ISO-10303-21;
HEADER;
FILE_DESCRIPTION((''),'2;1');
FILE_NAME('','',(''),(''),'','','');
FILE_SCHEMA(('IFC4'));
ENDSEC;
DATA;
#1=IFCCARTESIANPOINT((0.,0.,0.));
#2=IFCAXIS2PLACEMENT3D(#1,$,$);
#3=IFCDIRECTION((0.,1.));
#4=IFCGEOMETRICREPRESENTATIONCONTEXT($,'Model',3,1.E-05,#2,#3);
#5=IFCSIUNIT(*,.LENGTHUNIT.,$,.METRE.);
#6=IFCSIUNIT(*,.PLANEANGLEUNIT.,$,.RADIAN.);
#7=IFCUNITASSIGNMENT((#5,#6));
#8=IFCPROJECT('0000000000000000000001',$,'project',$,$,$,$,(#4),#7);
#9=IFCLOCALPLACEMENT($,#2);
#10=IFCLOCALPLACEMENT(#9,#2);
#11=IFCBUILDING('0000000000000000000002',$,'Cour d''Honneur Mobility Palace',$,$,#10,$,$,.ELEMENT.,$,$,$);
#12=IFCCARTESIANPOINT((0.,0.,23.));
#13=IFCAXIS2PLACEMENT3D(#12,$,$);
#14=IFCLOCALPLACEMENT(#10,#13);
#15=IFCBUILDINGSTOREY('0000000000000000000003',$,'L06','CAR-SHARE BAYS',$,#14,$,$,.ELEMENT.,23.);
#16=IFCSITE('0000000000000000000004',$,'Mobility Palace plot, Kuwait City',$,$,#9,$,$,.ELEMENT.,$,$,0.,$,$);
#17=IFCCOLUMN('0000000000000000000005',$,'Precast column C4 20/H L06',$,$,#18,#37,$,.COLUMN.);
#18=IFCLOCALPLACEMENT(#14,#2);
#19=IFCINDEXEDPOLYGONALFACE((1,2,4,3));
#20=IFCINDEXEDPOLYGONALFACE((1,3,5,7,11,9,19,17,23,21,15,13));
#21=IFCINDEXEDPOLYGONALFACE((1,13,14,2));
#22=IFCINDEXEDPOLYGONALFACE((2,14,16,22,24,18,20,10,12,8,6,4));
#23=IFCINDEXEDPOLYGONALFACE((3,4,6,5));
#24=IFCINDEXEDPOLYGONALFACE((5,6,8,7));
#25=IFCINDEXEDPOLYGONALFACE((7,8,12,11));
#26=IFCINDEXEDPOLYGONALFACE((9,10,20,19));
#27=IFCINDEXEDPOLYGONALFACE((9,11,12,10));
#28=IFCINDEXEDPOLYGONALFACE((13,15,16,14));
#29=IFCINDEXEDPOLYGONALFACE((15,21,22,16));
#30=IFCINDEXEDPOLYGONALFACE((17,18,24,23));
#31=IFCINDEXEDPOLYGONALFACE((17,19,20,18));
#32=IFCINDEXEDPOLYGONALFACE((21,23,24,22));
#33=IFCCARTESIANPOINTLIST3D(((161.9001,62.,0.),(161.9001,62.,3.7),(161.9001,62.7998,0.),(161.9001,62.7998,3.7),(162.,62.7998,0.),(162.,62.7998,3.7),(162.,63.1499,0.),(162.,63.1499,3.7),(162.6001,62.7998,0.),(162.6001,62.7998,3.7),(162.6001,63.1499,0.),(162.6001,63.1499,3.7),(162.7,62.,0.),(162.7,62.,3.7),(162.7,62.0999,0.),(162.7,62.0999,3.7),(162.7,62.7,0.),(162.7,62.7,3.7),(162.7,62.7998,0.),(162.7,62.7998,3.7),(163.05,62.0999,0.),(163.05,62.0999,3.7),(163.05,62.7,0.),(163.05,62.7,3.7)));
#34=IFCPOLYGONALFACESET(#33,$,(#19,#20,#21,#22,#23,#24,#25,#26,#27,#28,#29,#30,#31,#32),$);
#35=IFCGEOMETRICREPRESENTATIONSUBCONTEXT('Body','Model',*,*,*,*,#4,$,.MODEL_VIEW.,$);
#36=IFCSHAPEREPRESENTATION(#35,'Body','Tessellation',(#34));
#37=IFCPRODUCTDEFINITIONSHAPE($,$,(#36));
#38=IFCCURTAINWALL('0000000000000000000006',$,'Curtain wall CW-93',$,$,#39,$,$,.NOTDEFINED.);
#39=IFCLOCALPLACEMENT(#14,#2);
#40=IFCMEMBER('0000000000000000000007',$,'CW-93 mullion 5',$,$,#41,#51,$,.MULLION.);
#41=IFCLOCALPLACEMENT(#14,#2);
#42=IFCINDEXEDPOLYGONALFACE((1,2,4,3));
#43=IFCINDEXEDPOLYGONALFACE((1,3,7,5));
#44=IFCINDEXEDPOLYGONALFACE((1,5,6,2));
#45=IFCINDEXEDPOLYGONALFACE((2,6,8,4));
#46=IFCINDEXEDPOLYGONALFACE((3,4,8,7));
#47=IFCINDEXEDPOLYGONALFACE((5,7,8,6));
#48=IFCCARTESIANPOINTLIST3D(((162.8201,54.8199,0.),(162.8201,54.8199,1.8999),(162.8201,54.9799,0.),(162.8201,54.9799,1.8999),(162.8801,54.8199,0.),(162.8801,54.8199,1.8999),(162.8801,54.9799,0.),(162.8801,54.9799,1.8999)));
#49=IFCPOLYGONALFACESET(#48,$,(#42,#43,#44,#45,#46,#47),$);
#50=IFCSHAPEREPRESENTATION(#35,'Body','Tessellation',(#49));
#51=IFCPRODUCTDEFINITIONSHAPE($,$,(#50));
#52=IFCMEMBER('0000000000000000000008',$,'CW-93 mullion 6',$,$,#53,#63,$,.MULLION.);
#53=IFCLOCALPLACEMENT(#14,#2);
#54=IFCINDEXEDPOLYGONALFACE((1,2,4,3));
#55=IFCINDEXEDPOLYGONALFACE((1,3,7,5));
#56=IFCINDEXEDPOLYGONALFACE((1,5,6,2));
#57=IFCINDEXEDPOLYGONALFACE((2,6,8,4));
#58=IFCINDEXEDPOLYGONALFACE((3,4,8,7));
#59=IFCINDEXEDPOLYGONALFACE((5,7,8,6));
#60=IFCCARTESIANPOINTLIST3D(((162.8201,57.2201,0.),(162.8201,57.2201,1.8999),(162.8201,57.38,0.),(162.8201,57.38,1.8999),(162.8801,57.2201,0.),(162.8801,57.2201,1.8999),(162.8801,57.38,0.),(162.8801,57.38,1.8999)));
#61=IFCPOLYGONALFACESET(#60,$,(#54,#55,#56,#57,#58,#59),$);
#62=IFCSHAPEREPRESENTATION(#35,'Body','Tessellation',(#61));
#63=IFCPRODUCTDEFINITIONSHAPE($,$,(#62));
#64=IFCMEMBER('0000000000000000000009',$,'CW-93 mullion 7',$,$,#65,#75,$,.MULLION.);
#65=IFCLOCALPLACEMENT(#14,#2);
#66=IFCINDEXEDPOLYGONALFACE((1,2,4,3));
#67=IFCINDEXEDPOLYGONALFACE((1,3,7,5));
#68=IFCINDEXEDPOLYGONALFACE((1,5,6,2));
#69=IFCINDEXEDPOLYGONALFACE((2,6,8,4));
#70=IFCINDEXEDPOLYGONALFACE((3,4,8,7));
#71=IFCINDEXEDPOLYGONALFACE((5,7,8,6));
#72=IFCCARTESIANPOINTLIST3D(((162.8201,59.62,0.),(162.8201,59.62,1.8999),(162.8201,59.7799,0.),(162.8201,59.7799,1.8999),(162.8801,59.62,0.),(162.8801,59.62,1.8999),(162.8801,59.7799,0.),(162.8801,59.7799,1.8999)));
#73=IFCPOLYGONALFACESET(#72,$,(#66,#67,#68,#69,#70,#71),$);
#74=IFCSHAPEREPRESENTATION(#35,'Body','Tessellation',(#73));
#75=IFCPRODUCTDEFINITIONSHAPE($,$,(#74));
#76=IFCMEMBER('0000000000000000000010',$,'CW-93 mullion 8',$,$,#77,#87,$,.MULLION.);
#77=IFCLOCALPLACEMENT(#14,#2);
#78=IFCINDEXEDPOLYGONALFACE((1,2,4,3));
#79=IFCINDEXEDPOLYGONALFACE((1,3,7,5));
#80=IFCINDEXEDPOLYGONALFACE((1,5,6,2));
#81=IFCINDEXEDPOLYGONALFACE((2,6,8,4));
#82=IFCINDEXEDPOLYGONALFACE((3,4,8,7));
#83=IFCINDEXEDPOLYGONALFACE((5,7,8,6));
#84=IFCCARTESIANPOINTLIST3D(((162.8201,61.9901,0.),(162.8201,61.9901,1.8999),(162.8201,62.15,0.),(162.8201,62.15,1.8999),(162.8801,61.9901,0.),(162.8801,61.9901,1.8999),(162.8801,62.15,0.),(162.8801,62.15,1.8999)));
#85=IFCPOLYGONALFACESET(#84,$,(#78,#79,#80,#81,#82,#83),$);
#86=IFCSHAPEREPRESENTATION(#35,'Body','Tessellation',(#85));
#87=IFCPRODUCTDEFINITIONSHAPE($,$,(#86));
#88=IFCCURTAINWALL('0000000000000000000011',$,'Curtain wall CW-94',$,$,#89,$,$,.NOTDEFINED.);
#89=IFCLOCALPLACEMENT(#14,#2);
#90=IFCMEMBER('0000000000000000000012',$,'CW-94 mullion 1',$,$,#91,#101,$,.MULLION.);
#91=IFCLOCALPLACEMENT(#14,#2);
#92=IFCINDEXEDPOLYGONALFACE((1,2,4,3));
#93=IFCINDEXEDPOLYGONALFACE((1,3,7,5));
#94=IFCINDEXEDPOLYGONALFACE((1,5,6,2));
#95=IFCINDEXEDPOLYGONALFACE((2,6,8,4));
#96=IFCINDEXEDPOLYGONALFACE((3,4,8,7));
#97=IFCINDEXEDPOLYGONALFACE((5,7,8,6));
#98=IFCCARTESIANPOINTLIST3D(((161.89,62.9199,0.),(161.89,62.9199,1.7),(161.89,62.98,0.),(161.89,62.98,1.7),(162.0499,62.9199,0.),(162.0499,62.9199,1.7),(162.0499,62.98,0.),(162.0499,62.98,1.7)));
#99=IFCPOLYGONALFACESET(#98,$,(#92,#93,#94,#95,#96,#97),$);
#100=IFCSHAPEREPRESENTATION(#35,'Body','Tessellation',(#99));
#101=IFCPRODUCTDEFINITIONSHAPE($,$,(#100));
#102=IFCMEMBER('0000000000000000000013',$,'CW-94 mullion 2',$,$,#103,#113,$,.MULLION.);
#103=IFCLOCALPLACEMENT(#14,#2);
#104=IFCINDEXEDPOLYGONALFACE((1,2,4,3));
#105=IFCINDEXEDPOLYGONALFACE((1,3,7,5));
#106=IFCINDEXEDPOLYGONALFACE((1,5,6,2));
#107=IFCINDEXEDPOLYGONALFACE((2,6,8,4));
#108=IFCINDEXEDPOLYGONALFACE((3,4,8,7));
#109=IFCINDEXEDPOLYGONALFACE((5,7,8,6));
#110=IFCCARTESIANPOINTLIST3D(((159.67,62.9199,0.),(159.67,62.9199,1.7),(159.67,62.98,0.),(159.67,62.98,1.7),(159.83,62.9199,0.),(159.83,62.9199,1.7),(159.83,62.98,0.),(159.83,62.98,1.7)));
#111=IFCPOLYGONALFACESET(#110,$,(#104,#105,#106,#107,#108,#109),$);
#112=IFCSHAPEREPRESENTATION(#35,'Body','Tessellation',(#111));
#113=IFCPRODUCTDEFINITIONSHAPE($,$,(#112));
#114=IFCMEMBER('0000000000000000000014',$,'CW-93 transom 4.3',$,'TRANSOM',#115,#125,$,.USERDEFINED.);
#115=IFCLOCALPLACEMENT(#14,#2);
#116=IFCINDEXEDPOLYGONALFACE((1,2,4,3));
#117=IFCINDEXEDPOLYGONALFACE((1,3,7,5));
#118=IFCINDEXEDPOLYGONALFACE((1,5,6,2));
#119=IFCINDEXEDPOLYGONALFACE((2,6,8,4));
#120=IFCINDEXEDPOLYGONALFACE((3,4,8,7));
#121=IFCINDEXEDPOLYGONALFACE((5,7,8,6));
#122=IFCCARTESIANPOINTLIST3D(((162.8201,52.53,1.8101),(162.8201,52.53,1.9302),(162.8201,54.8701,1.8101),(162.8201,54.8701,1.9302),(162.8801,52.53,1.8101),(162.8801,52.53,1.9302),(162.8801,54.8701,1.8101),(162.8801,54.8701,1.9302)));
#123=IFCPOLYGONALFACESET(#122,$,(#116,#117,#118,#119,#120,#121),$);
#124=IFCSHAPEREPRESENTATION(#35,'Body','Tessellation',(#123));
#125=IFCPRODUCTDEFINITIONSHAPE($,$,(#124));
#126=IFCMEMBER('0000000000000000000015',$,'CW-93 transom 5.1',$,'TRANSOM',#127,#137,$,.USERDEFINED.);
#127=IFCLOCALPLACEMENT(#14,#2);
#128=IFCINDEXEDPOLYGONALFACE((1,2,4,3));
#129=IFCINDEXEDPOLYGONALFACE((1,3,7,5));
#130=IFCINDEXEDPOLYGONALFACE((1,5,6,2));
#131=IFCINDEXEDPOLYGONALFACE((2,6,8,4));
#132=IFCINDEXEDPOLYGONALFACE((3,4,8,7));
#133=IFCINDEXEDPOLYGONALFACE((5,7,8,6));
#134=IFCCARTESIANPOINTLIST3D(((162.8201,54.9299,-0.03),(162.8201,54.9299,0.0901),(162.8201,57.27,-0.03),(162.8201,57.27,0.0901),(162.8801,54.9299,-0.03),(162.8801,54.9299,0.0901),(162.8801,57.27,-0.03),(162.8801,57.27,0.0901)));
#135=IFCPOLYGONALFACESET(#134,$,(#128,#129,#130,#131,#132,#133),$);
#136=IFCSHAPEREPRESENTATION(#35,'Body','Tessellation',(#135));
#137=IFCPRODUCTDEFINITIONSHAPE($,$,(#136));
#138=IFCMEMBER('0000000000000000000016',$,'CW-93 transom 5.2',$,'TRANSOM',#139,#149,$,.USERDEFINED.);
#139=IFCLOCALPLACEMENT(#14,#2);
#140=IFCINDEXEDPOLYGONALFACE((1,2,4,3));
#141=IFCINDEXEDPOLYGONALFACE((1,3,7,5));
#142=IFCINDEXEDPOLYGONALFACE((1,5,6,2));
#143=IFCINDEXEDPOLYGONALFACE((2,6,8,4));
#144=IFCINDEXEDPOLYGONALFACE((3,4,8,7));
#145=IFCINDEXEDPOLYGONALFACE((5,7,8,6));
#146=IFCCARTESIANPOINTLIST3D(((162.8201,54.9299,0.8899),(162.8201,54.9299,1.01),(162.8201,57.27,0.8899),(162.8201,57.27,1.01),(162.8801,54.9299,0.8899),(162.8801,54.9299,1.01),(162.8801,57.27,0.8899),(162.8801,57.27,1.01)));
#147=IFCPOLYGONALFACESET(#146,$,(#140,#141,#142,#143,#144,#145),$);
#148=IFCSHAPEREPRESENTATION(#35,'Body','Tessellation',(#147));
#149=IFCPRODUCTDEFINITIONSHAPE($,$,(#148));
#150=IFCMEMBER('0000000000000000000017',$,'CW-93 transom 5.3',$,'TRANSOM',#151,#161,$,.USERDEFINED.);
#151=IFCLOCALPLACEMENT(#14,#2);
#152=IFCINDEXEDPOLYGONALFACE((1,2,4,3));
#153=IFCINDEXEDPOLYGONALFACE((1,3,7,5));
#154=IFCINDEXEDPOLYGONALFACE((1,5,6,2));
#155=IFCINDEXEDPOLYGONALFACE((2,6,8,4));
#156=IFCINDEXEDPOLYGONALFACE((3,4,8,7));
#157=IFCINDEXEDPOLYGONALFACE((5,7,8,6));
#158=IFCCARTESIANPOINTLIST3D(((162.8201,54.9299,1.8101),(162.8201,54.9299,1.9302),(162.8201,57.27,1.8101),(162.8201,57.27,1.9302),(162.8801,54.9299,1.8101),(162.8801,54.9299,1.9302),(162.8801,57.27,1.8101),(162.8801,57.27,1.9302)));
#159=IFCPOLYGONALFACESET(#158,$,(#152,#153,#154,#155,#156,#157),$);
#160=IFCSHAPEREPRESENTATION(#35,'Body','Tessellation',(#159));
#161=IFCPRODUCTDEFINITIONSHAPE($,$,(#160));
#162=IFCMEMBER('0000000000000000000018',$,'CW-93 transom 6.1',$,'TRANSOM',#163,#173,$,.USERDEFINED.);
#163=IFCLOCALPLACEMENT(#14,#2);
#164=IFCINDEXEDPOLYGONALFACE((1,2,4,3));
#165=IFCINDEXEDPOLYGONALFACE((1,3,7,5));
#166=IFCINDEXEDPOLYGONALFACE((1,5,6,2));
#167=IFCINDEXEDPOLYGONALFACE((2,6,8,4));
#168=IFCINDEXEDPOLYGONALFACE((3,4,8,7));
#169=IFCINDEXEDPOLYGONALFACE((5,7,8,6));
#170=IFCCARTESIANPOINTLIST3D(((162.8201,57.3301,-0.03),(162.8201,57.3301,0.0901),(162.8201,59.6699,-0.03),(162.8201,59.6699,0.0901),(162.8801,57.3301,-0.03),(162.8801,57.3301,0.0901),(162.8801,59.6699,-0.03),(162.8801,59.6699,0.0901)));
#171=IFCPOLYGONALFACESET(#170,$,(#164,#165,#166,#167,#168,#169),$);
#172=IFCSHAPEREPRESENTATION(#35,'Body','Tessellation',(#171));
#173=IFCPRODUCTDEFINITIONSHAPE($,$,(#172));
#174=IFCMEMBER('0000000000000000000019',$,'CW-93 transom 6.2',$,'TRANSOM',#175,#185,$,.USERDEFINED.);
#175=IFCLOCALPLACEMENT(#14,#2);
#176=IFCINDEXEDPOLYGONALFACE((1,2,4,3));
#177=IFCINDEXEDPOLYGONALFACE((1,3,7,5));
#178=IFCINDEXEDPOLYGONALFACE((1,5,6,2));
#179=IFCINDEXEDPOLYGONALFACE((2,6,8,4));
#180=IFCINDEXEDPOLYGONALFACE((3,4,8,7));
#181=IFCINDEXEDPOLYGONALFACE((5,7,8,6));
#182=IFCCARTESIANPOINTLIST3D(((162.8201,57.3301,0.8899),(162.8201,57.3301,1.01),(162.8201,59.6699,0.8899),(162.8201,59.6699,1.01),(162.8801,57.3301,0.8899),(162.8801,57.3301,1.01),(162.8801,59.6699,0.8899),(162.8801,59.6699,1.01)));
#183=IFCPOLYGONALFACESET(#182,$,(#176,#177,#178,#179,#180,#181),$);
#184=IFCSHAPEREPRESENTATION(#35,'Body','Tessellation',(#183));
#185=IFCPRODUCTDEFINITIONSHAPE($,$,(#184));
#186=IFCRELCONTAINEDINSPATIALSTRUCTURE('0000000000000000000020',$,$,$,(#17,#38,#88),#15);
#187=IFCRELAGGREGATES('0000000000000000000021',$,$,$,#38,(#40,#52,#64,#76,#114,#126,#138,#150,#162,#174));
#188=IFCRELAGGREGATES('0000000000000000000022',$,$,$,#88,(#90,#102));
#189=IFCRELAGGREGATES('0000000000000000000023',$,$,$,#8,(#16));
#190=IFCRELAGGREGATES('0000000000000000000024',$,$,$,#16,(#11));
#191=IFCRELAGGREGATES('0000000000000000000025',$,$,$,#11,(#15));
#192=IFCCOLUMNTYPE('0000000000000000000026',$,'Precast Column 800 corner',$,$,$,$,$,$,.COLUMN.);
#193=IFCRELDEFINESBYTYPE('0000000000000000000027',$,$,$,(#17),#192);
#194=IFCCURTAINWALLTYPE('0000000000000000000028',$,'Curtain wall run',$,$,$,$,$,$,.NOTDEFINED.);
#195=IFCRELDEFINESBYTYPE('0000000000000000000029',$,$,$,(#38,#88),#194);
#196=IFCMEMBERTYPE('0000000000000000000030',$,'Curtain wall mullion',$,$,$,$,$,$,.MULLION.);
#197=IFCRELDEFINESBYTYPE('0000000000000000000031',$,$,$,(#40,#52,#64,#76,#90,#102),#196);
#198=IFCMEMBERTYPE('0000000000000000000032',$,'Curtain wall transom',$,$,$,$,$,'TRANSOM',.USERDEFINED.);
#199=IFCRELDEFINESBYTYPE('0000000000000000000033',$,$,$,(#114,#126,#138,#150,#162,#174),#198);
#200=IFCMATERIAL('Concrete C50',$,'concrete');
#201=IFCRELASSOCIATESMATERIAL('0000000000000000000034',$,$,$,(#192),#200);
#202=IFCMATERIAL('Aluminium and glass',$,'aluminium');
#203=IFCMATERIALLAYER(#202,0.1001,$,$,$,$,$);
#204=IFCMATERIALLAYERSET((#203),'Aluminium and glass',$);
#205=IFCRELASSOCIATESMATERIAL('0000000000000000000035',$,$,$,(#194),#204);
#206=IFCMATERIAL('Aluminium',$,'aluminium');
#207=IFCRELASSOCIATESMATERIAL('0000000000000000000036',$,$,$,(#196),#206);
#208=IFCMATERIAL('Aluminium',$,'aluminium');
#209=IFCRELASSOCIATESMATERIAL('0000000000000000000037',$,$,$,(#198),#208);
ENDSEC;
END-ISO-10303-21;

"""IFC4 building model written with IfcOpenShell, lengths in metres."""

from ifc_helpers import new_model, si_unit, direction, frame, origin, origin_2d, place, context, subcontext, project, spatial, polyline, rectangle, outline, extrude, material, layer, layer_set, material_profile, profile_set, type_object, element, aggregate, save


model = new_model("IFC4")

# Units and contexts
model_context = context("Model", 3, precision=1e-05, world=origin(), true_north=direction((0.0, 1.0)))
body_context = subcontext(model_context, "Body", "Model", "MODEL_VIEW")
ifc_project = project(units=[si_unit("LENGTHUNIT", "METRE"), si_unit("PLANEANGLEUNIT", "RADIAN")], contexts=[model_context])

# Site, building, storey
site_placement = place(None, origin())
site = spatial("IfcSite", under=ifc_project, at=site_placement, Name="Mobility Palace plot, Kuwait City", CompositionType="ELEMENT", RefElevation=0.0)
building_placement = place(site_placement, origin())
building = spatial("IfcBuilding", under=site, at=building_placement, Name="Cour d'Honneur Mobility Palace", CompositionType="ELEMENT")
storey_placement = place(building_placement, frame((0.0, 0.0, 23.0)))
storey = spatial("IfcBuildingStorey", under=building, at=storey_placement, Name="L06", Description="CAR-SHARE BAYS", CompositionType="ELEMENT", Elevation=23.0)

# Column
ifc_material_1 = material(Name="Concrete C50", Category="concrete")
ifc_material_profile_1 = material_profile(ifc_material_1, outline(polyline([(-0.3999, -0.3999), (0.3999, -0.3999), (0.3999, -0.3), (0.75, -0.3), (0.75, 0.3), (0.3999, 0.3), (0.3999, 0.3999), (0.3, 0.3999), (0.3, 0.75), (-0.3, 0.75), (-0.3, 0.3999), (-0.3999, 0.3999), (-0.3999, -0.3999)])), Name="PC C800 corner")
ifc_profile_set_1 = profile_set([ifc_material_profile_1], Name="Concrete C50")
column_type = type_object("IfcColumnType", Name="Precast Column 800 corner", PredefinedType="COLUMN", material=ifc_profile_set_1)
column_placement = place(storey_placement, frame((162.3, 62.3999, 0.0), z_axis=(0.0, 0.0, 1.0), x_axis=(1.0, 0.0, 0.0)))
element("IfcColumn", 1, at=column_placement, inside=storey, type_object=column_type, Name="Precast column C4 20/H L06", PredefinedType="COLUMN", context=body_context, shape_type="SweptSolid", body=[
    extrude(outline(polyline([(-0.3999, -0.3999), (0.3999, -0.3999), (0.3999, -0.3), (0.75, -0.3), (0.75, 0.3), (0.3999, 0.3), (0.3999, 0.3999), (0.3, 0.3999), (0.3, 0.75), (-0.3, 0.75), (-0.3, 0.3999), (-0.3999, 0.3999), (-0.3999, -0.3999)])), origin(), (0.0, 0.0, 1.0), 3.7),
])

# Curtain walls, members
ifc_material_2 = material(Name="Aluminium and glass", Category="aluminium")
ifc_layer_1 = layer(ifc_material_2, 0.1001)
ifc_layer_set_1 = layer_set([ifc_layer_1], Name="Aluminium and glass")
curtain_wall_type = type_object("IfcCurtainWallType", Name="Curtain wall run", PredefinedType="NOTDEFINED", material=ifc_layer_set_1)
curtain_wall_1_placement = place(storey_placement, origin())
curtain_wall_1 = element("IfcCurtainWall", 2, at=curtain_wall_1_placement, inside=storey, type_object=curtain_wall_type, Name="Curtain wall CW-93", PredefinedType="NOTDEFINED")
ifc_material_3 = material(Name="Aluminium", Category="aluminium")
ifc_material_profile_2 = material_profile(ifc_material_3, rectangle(XDim=0.0601, YDim=0.1599, at=origin_2d()), Name="Curtain wall mullion")
ifc_profile_set_2 = profile_set([ifc_material_profile_2], Name="Aluminium")
member_type_1 = type_object("IfcMemberType", Name="Curtain wall mullion", PredefinedType="MULLION", material=ifc_profile_set_2)
member_1_placement = place(storey_placement, frame((162.8501, 54.8999, 0.0), z_axis=(0.0, 0.0, 1.0), x_axis=(-1.0, 0.0, 0.0)))
member_1 = element("IfcMember", 3, at=member_1_placement, type_object=member_type_1, Name="CW-93 mullion 5", PredefinedType="MULLION", context=body_context, shape_type="SweptSolid", body=[
    extrude(rectangle(XDim=0.0601, YDim=0.1599, at=origin_2d()), origin(), (0.0, 0.0, 1.0), 1.8999),
])
member_2_placement = place(storey_placement, frame((162.8501, 57.3, 0.0), z_axis=(0.0, 0.0, 1.0), x_axis=(-1.0, 0.0, 0.0)))
member_2 = element("IfcMember", 4, at=member_2_placement, type_object=member_type_1, Name="CW-93 mullion 6", PredefinedType="MULLION", context=body_context, shape_type="SweptSolid", body=[
    extrude(rectangle(XDim=0.0601, YDim=0.1599, at=origin_2d()), origin(), (0.0, 0.0, 1.0), 1.8999),
])
member_3_placement = place(storey_placement, frame((162.8501, 59.7, 0.0), z_axis=(0.0, 0.0, 1.0), x_axis=(-1.0, 0.0, 0.0)))
member_3 = element("IfcMember", 5, at=member_3_placement, type_object=member_type_1, Name="CW-93 mullion 7", PredefinedType="MULLION", context=body_context, shape_type="SweptSolid", body=[
    extrude(rectangle(XDim=0.0601, YDim=0.1599, at=origin_2d()), origin(), (0.0, 0.0, 1.0), 1.8999),
])
member_4_placement = place(storey_placement, frame((162.8501, 62.0701, 0.0), z_axis=(0.0, 0.0, 1.0), x_axis=(-1.0, 0.0, 0.0)))
member_4 = element("IfcMember", 6, at=member_4_placement, type_object=member_type_1, Name="CW-93 mullion 8", PredefinedType="MULLION", context=body_context, shape_type="SweptSolid", body=[
    extrude(rectangle(XDim=0.0601, YDim=0.1599, at=origin_2d()), origin(), (0.0, 0.0, 1.0), 1.8999),
])
curtain_wall_2_placement = place(storey_placement, origin())
curtain_wall_2 = element("IfcCurtainWall", 7, at=curtain_wall_2_placement, inside=storey, type_object=curtain_wall_type, Name="Curtain wall CW-94", PredefinedType="NOTDEFINED")
member_5_placement = place(storey_placement, frame((161.97, 62.95, 0.0), z_axis=(0.0, 0.0, 1.0), x_axis=(0.0, -1.0, 0.0)))
member_5 = element("IfcMember", 8, at=member_5_placement, type_object=member_type_1, Name="CW-94 mullion 1", PredefinedType="MULLION", context=body_context, shape_type="SweptSolid", body=[
    extrude(rectangle(XDim=0.0601, YDim=0.1599, at=origin_2d()), origin(), (0.0, 0.0, 1.0), 1.7),
])
member_6_placement = place(storey_placement, frame((159.75, 62.95, 0.0), z_axis=(0.0, 0.0, 1.0), x_axis=(0.0, -1.0, 0.0)))
member_6 = element("IfcMember", 9, at=member_6_placement, type_object=member_type_1, Name="CW-94 mullion 2", PredefinedType="MULLION", context=body_context, shape_type="SweptSolid", body=[
    extrude(rectangle(XDim=0.0601, YDim=0.1599, at=origin_2d()), origin(), (0.0, 0.0, 1.0), 1.7),
])

# Members
ifc_material_4 = material(Name="Aluminium", Category="aluminium")
ifc_material_profile_3 = material_profile(ifc_material_4, rectangle(XDim=0.0601, YDim=0.1201, at=origin_2d()), Name="Curtain wall transom")
ifc_profile_set_3 = profile_set([ifc_material_profile_3], Name="Aluminium")
member_type_2 = type_object("IfcMemberType", Name="Curtain wall transom", ElementType="TRANSOM", PredefinedType="USERDEFINED", material=ifc_profile_set_3)
member_7_placement = place(storey_placement, frame((162.8501, 52.53, 1.8701), z_axis=(0.0, 1.0, 0.0), x_axis=(-1.0, 0.0, 0.0)))
member_7 = element("IfcMember", 10, at=member_7_placement, type_object=member_type_2, Name="CW-93 transom 4.3", ObjectType="TRANSOM", PredefinedType="USERDEFINED", context=body_context, shape_type="SweptSolid", body=[
    extrude(rectangle(XDim=0.0601, YDim=0.1201, at=origin_2d()), origin(), (0.0, 0.0, 1.0), 2.3401),
])
member_8_placement = place(storey_placement, frame((162.8501, 54.9299, 0.03), z_axis=(0.0, 1.0, 0.0), x_axis=(-1.0, 0.0, 0.0)))
member_8 = element("IfcMember", 11, at=member_8_placement, type_object=member_type_2, Name="CW-93 transom 5.1", ObjectType="TRANSOM", PredefinedType="USERDEFINED", context=body_context, shape_type="SweptSolid", body=[
    extrude(rectangle(XDim=0.0601, YDim=0.1201, at=origin_2d()), origin(), (0.0, 0.0, 1.0), 2.3401),
])
member_9_placement = place(storey_placement, frame((162.8501, 54.9299, 0.95), z_axis=(0.0, 1.0, 0.0), x_axis=(-1.0, 0.0, 0.0)))
member_9 = element("IfcMember", 12, at=member_9_placement, type_object=member_type_2, Name="CW-93 transom 5.2", ObjectType="TRANSOM", PredefinedType="USERDEFINED", context=body_context, shape_type="SweptSolid", body=[
    extrude(rectangle(XDim=0.0601, YDim=0.1201, at=origin_2d()), origin(), (0.0, 0.0, 1.0), 2.3401),
])
member_10_placement = place(storey_placement, frame((162.8501, 54.9299, 1.8701), z_axis=(0.0, 1.0, 0.0), x_axis=(-1.0, 0.0, 0.0)))
member_10 = element("IfcMember", 13, at=member_10_placement, type_object=member_type_2, Name="CW-93 transom 5.3", ObjectType="TRANSOM", PredefinedType="USERDEFINED", context=body_context, shape_type="SweptSolid", body=[
    extrude(rectangle(XDim=0.0601, YDim=0.1201, at=origin_2d()), origin(), (0.0, 0.0, 1.0), 2.3401),
])
member_11_placement = place(storey_placement, frame((162.8501, 57.3301, 0.03), z_axis=(0.0, 1.0, 0.0), x_axis=(-1.0, 0.0, 0.0)))
member_11 = element("IfcMember", 14, at=member_11_placement, type_object=member_type_2, Name="CW-93 transom 6.1", ObjectType="TRANSOM", PredefinedType="USERDEFINED", context=body_context, shape_type="SweptSolid", body=[
    extrude(rectangle(XDim=0.0601, YDim=0.1201, at=origin_2d()), origin(), (0.0, 0.0, 1.0), 2.3398),
])
member_12_placement = place(storey_placement, frame((162.8501, 57.3301, 0.95), z_axis=(0.0, 1.0, 0.0), x_axis=(-1.0, 0.0, 0.0)))
member_12 = element("IfcMember", 15, at=member_12_placement, type_object=member_type_2, Name="CW-93 transom 6.2", ObjectType="TRANSOM", PredefinedType="USERDEFINED", context=body_context, shape_type="SweptSolid", body=[
    extrude(rectangle(XDim=0.0601, YDim=0.1201, at=origin_2d()), origin(), (0.0, 0.0, 1.0), 2.3398),
])

aggregate(curtain_wall_1, [member_1, member_2, member_3, member_4, member_7, member_8, member_9, member_10, member_11, member_12])
aggregate(curtain_wall_2, [member_5, member_6])

save(model, "model.ifc")
